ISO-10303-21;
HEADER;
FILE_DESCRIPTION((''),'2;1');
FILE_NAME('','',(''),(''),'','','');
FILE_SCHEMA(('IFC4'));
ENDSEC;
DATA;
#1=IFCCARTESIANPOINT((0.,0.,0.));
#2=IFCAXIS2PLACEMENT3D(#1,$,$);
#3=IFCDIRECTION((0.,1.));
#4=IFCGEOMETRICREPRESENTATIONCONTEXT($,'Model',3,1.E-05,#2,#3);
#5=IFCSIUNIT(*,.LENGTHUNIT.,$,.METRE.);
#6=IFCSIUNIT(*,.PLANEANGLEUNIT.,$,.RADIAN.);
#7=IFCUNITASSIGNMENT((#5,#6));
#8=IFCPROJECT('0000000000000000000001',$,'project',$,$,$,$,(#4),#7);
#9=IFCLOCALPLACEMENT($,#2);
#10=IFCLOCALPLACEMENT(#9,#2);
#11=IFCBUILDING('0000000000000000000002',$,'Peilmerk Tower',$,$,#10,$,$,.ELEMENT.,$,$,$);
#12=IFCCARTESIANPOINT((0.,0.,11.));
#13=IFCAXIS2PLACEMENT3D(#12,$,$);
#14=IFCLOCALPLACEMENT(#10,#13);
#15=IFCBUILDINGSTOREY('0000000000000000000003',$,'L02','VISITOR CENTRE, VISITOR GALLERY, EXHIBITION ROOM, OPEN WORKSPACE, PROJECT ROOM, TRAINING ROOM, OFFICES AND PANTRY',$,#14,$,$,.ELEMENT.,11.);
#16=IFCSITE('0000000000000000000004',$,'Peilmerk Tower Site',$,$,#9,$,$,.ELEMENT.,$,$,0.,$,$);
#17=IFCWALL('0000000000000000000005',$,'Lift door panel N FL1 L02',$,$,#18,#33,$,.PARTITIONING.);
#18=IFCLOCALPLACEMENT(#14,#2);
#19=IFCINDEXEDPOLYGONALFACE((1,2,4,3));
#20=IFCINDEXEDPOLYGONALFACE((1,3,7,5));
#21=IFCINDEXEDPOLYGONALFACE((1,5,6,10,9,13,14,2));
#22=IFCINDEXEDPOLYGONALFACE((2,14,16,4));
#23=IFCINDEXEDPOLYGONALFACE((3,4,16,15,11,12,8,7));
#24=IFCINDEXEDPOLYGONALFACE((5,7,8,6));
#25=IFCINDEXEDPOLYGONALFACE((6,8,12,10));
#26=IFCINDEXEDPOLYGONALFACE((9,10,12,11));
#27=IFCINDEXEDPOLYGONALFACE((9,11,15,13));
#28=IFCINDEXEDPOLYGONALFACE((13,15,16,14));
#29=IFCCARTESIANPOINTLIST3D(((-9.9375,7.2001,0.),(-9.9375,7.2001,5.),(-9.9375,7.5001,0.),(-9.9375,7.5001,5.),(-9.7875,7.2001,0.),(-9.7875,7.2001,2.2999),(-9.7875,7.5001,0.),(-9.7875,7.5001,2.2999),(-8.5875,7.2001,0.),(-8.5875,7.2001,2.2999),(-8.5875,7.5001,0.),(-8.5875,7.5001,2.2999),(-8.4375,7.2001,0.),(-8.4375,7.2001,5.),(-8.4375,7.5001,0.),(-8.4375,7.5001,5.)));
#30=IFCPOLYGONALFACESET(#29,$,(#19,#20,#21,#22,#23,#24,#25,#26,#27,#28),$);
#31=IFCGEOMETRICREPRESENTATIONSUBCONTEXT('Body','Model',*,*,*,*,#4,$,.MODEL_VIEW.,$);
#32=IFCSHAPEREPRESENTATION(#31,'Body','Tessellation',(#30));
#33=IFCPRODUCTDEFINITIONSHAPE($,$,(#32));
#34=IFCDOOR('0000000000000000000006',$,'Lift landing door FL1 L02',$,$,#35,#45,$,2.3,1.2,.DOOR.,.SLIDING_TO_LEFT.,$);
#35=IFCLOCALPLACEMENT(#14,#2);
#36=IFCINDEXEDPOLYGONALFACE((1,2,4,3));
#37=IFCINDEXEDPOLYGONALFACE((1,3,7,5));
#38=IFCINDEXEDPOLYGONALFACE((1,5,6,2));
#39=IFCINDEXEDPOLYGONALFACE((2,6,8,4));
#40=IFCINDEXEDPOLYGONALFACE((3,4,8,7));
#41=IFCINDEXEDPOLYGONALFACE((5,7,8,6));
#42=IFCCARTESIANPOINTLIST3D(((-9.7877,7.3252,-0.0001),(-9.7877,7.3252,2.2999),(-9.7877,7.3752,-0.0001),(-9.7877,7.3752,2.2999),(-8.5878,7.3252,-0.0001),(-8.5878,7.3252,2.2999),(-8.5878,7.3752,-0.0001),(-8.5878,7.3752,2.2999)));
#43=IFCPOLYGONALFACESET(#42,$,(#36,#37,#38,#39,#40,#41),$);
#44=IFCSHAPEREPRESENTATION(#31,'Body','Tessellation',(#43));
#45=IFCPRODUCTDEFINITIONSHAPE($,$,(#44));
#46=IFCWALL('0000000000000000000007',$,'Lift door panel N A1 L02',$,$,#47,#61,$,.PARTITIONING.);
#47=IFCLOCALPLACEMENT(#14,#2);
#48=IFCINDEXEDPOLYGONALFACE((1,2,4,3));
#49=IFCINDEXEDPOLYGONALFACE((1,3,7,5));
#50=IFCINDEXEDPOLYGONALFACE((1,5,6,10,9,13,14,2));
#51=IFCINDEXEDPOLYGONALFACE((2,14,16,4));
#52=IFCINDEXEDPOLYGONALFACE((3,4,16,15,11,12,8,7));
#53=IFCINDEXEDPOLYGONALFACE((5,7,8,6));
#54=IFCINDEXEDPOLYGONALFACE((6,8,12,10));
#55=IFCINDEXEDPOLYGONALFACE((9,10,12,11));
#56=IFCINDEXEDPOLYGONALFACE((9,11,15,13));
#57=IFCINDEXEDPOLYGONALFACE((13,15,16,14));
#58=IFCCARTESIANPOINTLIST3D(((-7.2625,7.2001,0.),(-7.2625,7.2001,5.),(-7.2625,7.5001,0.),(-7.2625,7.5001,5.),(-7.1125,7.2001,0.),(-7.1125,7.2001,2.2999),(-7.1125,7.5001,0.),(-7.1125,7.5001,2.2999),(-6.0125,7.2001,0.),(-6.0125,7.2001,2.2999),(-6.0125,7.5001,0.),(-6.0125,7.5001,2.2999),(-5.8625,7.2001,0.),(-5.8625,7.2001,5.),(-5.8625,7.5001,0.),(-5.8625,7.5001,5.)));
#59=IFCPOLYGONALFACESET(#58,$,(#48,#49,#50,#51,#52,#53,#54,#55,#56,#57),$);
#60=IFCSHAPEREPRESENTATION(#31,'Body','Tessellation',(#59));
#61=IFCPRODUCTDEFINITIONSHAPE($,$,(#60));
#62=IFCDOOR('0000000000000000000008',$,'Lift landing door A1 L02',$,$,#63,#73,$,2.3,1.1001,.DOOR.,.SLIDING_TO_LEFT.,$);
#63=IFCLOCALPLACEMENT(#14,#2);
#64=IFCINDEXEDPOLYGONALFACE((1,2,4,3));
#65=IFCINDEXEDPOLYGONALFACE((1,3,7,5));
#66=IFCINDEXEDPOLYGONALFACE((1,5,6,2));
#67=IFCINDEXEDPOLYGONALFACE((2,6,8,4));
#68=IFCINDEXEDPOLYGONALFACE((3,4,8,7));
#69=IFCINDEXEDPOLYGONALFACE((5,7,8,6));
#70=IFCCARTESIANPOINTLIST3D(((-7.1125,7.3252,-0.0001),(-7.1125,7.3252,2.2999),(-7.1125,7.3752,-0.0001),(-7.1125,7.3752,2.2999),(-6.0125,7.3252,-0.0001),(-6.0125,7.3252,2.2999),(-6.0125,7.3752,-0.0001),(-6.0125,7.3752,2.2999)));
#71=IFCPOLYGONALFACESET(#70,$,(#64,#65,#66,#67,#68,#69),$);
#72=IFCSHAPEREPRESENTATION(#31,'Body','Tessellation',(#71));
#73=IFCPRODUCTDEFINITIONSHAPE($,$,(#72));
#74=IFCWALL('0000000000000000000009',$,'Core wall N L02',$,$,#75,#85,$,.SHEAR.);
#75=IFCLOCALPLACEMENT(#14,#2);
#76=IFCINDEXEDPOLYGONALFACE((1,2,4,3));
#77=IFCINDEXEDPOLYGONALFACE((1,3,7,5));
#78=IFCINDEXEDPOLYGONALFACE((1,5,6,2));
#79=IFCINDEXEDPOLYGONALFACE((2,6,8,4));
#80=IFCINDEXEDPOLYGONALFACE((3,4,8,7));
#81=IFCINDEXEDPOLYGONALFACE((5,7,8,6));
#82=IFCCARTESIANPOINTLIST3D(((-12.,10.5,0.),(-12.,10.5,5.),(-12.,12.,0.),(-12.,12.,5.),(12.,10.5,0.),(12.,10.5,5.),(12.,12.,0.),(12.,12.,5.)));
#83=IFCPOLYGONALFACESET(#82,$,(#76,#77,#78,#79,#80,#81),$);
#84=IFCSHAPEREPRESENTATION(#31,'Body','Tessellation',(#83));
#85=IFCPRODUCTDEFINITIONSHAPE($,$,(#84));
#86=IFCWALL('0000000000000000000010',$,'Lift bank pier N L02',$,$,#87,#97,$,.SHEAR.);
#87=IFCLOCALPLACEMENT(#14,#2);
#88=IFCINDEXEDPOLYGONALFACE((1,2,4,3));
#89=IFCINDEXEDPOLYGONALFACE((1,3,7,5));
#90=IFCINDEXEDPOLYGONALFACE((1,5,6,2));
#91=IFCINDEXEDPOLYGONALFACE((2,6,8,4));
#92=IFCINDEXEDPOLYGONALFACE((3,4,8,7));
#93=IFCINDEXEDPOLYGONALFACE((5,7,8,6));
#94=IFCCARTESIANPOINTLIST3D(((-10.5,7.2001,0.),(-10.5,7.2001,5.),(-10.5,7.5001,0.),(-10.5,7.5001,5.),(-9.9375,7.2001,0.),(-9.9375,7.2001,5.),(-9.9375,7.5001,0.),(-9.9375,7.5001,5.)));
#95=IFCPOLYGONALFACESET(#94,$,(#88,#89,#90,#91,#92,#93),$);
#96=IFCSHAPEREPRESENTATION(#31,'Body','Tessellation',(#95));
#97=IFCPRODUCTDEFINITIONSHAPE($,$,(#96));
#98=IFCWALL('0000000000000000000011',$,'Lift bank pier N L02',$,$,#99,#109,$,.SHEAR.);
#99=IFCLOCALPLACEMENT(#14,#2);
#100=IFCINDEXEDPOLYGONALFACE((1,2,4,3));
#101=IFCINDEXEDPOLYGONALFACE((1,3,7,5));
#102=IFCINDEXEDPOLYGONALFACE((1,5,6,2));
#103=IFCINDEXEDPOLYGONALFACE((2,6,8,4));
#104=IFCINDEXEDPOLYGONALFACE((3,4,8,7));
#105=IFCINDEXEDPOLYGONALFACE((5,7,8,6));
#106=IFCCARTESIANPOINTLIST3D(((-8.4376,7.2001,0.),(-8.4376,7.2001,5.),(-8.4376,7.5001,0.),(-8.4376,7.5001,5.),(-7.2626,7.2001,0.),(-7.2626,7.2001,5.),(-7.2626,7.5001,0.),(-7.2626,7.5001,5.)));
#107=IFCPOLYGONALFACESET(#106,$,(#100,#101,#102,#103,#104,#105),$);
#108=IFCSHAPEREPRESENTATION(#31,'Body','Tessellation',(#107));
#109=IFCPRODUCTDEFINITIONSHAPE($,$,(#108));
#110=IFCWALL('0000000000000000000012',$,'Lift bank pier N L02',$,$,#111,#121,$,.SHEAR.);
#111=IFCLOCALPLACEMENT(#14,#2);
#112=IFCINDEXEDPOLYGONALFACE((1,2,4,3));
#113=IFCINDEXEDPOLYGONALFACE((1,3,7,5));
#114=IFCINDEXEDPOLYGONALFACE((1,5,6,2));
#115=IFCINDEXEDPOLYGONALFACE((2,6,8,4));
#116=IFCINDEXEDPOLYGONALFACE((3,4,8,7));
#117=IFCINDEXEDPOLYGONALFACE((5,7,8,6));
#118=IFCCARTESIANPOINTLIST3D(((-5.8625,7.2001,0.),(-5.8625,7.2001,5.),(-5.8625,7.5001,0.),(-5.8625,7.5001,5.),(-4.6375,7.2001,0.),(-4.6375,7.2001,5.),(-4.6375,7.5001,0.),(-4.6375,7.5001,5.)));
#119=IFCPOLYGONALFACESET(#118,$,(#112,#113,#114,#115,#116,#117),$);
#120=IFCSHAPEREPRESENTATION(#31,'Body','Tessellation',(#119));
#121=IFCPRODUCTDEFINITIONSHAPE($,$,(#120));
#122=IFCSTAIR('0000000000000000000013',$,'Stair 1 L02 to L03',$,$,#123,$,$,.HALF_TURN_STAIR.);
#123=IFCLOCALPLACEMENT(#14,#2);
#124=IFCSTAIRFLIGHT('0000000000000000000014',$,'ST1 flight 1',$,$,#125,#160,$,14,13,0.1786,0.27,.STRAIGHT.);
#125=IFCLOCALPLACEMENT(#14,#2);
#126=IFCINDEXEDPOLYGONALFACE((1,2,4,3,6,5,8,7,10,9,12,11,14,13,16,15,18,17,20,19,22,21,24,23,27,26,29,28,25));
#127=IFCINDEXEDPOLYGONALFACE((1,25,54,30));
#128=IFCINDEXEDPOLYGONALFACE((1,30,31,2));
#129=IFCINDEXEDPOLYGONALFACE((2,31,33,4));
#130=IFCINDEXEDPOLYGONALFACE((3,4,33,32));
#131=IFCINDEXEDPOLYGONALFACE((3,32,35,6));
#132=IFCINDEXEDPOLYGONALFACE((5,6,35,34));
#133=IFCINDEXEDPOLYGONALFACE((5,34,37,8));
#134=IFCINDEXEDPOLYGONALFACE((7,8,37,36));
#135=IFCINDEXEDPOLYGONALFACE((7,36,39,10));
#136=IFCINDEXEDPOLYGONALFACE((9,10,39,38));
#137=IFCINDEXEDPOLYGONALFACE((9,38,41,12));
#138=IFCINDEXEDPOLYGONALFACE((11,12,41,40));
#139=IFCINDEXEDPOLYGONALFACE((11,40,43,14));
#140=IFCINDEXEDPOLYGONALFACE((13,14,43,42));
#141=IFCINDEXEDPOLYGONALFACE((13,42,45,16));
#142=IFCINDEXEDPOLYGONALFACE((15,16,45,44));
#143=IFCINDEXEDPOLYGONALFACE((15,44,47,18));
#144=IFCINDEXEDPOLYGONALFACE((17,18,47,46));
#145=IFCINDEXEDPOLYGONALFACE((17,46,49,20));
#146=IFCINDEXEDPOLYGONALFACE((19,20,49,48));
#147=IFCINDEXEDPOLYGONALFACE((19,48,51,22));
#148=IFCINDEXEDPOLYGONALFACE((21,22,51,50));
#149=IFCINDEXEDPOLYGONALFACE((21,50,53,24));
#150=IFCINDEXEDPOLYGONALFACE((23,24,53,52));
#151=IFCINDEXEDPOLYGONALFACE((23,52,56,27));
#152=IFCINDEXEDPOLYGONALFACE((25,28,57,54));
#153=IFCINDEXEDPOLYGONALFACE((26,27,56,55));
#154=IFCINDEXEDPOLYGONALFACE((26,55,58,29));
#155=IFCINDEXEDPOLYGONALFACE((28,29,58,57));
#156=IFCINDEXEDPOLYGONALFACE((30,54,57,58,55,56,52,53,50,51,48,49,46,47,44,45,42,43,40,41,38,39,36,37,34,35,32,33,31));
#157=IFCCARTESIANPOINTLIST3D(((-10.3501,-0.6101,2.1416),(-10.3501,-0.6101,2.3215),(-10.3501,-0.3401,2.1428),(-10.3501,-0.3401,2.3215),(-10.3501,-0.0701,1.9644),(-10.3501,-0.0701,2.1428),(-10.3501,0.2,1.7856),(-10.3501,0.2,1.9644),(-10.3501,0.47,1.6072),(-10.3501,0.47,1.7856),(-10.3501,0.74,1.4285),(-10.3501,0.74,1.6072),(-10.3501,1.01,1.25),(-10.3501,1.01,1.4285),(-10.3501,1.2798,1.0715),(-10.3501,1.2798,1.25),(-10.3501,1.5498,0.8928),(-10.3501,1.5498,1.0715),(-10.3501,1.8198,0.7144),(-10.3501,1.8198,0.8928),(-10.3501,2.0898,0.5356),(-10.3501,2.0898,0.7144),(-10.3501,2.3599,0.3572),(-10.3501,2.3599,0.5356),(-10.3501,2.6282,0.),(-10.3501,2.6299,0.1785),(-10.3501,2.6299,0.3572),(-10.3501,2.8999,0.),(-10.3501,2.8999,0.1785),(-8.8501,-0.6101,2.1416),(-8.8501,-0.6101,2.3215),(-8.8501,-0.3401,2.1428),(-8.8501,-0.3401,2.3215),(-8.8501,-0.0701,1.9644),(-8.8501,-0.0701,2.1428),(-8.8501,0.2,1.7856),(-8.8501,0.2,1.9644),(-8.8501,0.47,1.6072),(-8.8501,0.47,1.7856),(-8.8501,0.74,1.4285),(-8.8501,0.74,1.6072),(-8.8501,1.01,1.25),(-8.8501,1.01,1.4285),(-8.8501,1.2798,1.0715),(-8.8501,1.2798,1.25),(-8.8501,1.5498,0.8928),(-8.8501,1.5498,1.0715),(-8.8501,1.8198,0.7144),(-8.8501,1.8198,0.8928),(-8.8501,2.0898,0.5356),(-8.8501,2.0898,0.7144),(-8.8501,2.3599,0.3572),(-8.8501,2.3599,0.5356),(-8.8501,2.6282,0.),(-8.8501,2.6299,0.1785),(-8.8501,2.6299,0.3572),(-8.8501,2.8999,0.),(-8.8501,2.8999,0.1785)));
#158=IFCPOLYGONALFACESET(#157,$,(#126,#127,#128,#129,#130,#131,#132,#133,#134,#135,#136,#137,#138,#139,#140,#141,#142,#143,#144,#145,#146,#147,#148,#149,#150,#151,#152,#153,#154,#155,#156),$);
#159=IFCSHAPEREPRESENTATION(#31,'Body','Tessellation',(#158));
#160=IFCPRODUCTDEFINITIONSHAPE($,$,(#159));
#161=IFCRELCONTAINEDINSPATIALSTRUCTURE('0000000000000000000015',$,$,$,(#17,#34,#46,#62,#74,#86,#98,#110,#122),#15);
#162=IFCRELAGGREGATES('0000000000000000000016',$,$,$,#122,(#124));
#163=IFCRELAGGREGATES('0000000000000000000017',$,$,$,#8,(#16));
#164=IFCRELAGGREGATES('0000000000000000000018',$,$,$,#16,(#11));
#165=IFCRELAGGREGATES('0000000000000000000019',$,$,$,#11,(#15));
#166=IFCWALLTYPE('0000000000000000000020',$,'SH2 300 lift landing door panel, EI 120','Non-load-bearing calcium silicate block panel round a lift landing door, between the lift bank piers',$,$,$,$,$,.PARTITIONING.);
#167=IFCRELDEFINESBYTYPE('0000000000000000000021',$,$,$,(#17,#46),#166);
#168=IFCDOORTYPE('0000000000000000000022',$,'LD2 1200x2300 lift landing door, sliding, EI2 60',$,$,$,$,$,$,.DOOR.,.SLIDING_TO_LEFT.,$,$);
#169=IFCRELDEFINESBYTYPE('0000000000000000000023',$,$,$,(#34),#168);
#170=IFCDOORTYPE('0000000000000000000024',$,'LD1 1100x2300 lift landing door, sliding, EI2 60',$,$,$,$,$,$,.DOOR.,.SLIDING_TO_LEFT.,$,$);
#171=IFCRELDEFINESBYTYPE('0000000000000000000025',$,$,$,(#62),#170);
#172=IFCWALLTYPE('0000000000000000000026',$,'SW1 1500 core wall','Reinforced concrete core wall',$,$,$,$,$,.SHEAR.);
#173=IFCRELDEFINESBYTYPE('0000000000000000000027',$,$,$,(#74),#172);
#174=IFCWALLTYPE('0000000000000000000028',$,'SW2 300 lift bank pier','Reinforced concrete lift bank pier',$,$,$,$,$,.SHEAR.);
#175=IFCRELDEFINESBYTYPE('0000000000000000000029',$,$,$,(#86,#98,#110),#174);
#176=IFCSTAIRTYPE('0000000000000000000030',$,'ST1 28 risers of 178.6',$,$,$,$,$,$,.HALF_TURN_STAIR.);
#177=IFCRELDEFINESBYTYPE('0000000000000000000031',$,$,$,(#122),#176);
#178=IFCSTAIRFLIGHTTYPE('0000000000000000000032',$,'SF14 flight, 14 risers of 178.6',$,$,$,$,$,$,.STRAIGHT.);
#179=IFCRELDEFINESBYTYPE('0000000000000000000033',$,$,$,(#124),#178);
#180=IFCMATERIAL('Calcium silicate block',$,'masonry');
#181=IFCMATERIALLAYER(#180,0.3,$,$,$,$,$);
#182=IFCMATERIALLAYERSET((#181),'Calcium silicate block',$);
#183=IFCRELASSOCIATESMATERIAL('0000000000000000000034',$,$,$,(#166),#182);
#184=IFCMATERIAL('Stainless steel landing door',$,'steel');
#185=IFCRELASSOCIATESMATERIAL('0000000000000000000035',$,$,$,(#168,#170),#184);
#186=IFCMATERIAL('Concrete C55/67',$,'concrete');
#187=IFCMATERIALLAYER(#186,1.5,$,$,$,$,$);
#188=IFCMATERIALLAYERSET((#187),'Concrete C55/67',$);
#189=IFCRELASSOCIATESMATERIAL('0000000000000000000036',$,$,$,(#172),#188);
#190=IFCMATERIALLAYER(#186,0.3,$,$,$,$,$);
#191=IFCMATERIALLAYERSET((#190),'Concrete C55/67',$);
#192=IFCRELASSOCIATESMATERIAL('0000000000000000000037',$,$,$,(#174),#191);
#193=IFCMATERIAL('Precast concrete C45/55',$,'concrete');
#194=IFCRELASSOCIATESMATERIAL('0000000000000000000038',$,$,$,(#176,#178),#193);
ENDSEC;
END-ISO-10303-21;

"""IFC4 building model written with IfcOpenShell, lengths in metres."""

from ifc_helpers import new_model, si_unit, direction, frame, frame_2d, origin, place, context, subcontext, project, spatial, polyline, rectangle, outline, extrude, material, layer, layer_set, type_object, element, fill, aggregate, save


model = new_model("IFC4")

# Units and contexts
model_context = context("Model", 3, precision=1e-05, world=origin(), true_north=direction((0.0, 1.0)))
body_context = subcontext(model_context, "Body", "Model", "MODEL_VIEW")
ifc_project = project(units=[si_unit("LENGTHUNIT", "METRE"), si_unit("PLANEANGLEUNIT", "RADIAN")], contexts=[model_context])

# Site, building, storey
site_placement = place(None, origin())
site = spatial("IfcSite", under=ifc_project, at=site_placement, Name="Peilmerk Tower Site", CompositionType="ELEMENT", RefElevation=0.0)
building_placement = place(site_placement, origin())
building = spatial("IfcBuilding", under=site, at=building_placement, Name="Peilmerk Tower", CompositionType="ELEMENT")
storey_placement = place(building_placement, frame((0.0, 0.0, 11.0)))
storey = spatial("IfcBuildingStorey", under=building, at=storey_placement, Name="L02", Description="VISITOR CENTRE, VISITOR GALLERY, EXHIBITION ROOM, OPEN WORKSPACE, PROJECT ROOM, TRAINING ROOM, OFFICES AND PANTRY", CompositionType="ELEMENT", Elevation=11.0)

# Shared definitions
ifc_material_1 = material(Name="Calcium silicate block", Category="masonry")

# Walls, openings, doors
ifc_layer_1 = layer(ifc_material_1, 0.3)
ifc_layer_set_1 = layer_set([ifc_layer_1], Name="Calcium silicate block")
wall_type_1 = type_object("IfcWallType", Name="SH2 300 lift landing door panel, EI 120", Description="Non-load-bearing calcium silicate block panel round a lift landing door, between the lift bank piers", PredefinedType="PARTITIONING", material=ifc_layer_set_1)
wall_1_placement = place(storey_placement, frame((-9.9375, 7.3501, 0.0), z_axis=(0.0, 0.0, 1.0), x_axis=(1.0, 0.0, 0.0)))
wall_1 = element("IfcWall", 1, at=wall_1_placement, inside=storey, type_object=wall_type_1, Name="Lift door panel N FL1 L02", PredefinedType="PARTITIONING", context=body_context, shape_type="SweptSolid", body=[
    extrude(rectangle(XDim=1.5, YDim=0.3, at=frame_2d((0.75, 0.0))), origin(), (0.0, 0.0, 1.0), 5.0),
])
opening_1_placement = place(wall_1_placement, frame((0.1499, 0.0, 0.0)))
opening_1 = element("IfcOpeningElement", 2, at=opening_1_placement, cuts=wall_1, PredefinedType="OPENING", context=body_context, shape_type="SweptSolid", body=[
    extrude(rectangle(XDim=1.2, YDim=2.3, at=frame_2d((0.6001, 1.1499))), frame((0.0, 0.1599, 0.0), z_axis=(0.0, -1.0, 0.0), x_axis=(1.0, 0.0, 0.0)), (0.0, 0.0, 1.0), 0.3201),
])
ifc_material_2 = material(Name="Stainless steel landing door", Category="steel")
door_type_1 = type_object("IfcDoorType", Name="LD2 1200x2300 lift landing door, sliding, EI2 60", OperationType="SLIDING_TO_LEFT", PredefinedType="DOOR", material=ifc_material_2)
door_1_placement = place(opening_1_placement, frame((1.2, 0.0, 0.0), z_axis=(0.0, 0.0, 1.0), x_axis=(-1.0, 0.0, 0.0)))
door_1 = element("IfcDoor", 3, at=door_1_placement, inside=storey, type_object=door_type_1, Name="Lift landing door FL1 L02", OperationType="SLIDING_TO_LEFT", OverallHeight=2.3, OverallWidth=1.2, PredefinedType="DOOR", context=body_context, shape_type="SweptSolid", body=[
    extrude(rectangle(XDim=1.2, YDim=2.3, at=frame_2d((0.6001, 1.1499))), frame((0.0, 0.0249, 0.0), z_axis=(0.0, -1.0, 0.0), x_axis=(1.0, 0.0, 0.0)), (0.0, 0.0, 1.0), 0.05),
])
fill(opening_1, door_1)
wall_2_placement = place(storey_placement, frame((-7.2625, 7.3501, 0.0), z_axis=(0.0, 0.0, 1.0), x_axis=(1.0, 0.0, 0.0)))
wall_2 = element("IfcWall", 4, at=wall_2_placement, inside=storey, type_object=wall_type_1, Name="Lift door panel N A1 L02", PredefinedType="PARTITIONING", context=body_context, shape_type="SweptSolid", body=[
    extrude(rectangle(XDim=1.3999, YDim=0.3, at=frame_2d((0.7, 0.0))), origin(), (0.0, 0.0, 1.0), 5.0),
])
opening_2_placement = place(wall_2_placement, frame((0.1499, 0.0, 0.0)))
opening_2 = element("IfcOpeningElement", 5, at=opening_2_placement, cuts=wall_2, PredefinedType="OPENING", context=body_context, shape_type="SweptSolid", body=[
    extrude(rectangle(XDim=1.1001, YDim=2.3, at=frame_2d((0.55, 1.1499))), frame((0.0, 0.1599, 0.0), z_axis=(0.0, -1.0, 0.0), x_axis=(1.0, 0.0, 0.0)), (0.0, 0.0, 1.0), 0.3201),
])
door_type_2 = type_object("IfcDoorType", Name="LD1 1100x2300 lift landing door, sliding, EI2 60", OperationType="SLIDING_TO_LEFT", PredefinedType="DOOR", material=ifc_material_2)
door_2_placement = place(opening_2_placement, frame((1.1001, 0.0, 0.0), z_axis=(0.0, 0.0, 1.0), x_axis=(-1.0, 0.0, 0.0)))
door_2 = element("IfcDoor", 6, at=door_2_placement, inside=storey, type_object=door_type_2, Name="Lift landing door A1 L02", OperationType="SLIDING_TO_LEFT", OverallHeight=2.3, OverallWidth=1.1001, PredefinedType="DOOR", context=body_context, shape_type="SweptSolid", body=[
    extrude(rectangle(XDim=1.1001, YDim=2.3, at=frame_2d((0.55, 1.1499))), frame((0.0, 0.0249, 0.0), z_axis=(0.0, -1.0, 0.0), x_axis=(1.0, 0.0, 0.0)), (0.0, 0.0, 1.0), 0.05),
])
fill(opening_2, door_2)

# Walls
ifc_material_3 = material(Name="Concrete C55/67", Category="concrete")
ifc_layer_2 = layer(ifc_material_3, 1.5)
ifc_layer_set_2 = layer_set([ifc_layer_2], Name="Concrete C55/67")
wall_type_2 = type_object("IfcWallType", Name="SW1 1500 core wall", Description="Reinforced concrete core wall", PredefinedType="SHEAR", material=ifc_layer_set_2)
wall_3_placement = place(storey_placement, frame((-12.0, 11.25, 0.0), z_axis=(0.0, 0.0, 1.0), x_axis=(1.0, 0.0, 0.0)))
element("IfcWall", 7, at=wall_3_placement, inside=storey, type_object=wall_type_2, Name="Core wall N L02", PredefinedType="SHEAR", context=body_context, shape_type="SweptSolid", body=[
    extrude(rectangle(XDim=24.0, YDim=1.5, at=frame_2d((12.0, 0.0))), origin(), (0.0, 0.0, 1.0), 5.0),
])
ifc_layer_3 = layer(ifc_material_3, 0.3)
ifc_layer_set_3 = layer_set([ifc_layer_3], Name="Concrete C55/67")
wall_type_3 = type_object("IfcWallType", Name="SW2 300 lift bank pier", Description="Reinforced concrete lift bank pier", PredefinedType="SHEAR", material=ifc_layer_set_3)
wall_4_placement = place(storey_placement, frame((-10.5, 7.3501, 0.0), z_axis=(0.0, 0.0, 1.0), x_axis=(1.0, 0.0, 0.0)))
element("IfcWall", 8, at=wall_4_placement, inside=storey, type_object=wall_type_3, Name="Lift bank pier N L02", PredefinedType="SHEAR", context=body_context, shape_type="SweptSolid", body=[
    extrude(rectangle(XDim=0.5625, YDim=0.3, at=frame_2d((0.2812, 0.0))), origin(), (0.0, 0.0, 1.0), 5.0),
])
wall_5_placement = place(storey_placement, frame((-8.4375, 7.3501, 0.0), z_axis=(0.0, 0.0, 1.0), x_axis=(1.0, 0.0, 0.0)))
element("IfcWall", 9, at=wall_5_placement, inside=storey, type_object=wall_type_3, Name="Lift bank pier N L02", PredefinedType="SHEAR", context=body_context, shape_type="SweptSolid", body=[
    extrude(rectangle(XDim=1.175, YDim=0.3, at=frame_2d((0.5874, 0.0))), origin(), (0.0, 0.0, 1.0), 5.0),
])
wall_6_placement = place(storey_placement, frame((-5.8625, 7.3501, 0.0), z_axis=(0.0, 0.0, 1.0), x_axis=(1.0, 0.0, 0.0)))
element("IfcWall", 10, at=wall_6_placement, inside=storey, type_object=wall_type_3, Name="Lift bank pier N L02", PredefinedType="SHEAR", context=body_context, shape_type="SweptSolid", body=[
    extrude(rectangle(XDim=1.2251, YDim=0.3, at=frame_2d((0.6125, 0.0))), origin(), (0.0, 0.0, 1.0), 5.0),
])

# Stair, stair flight
ifc_material_4 = material(Name="Precast concrete C45/55", Category="concrete")
stair_type = type_object("IfcStairType", Name="ST1 28 risers of 178.6", PredefinedType="HALF_TURN_STAIR", material=ifc_material_4)
stair_placement = place(storey_placement, origin())
stair = element("IfcStair", 11, at=stair_placement, inside=storey, type_object=stair_type, Name="Stair 1 L02 to L03", PredefinedType="HALF_TURN_STAIR")
stair_flight_type = type_object("IfcStairFlightType", Name="SF14 flight, 14 risers of 178.6", PredefinedType="STRAIGHT", material=ifc_material_4)
stair_flight_placement = place(storey_placement, frame((-9.6001, 2.8999, 0.0), z_axis=(0.0, 0.0, 1.0), x_axis=(0.0, -1.0, 0.0)))
stair_flight = element("IfcStairFlight", 12, at=stair_flight_placement, type_object=stair_flight_type, Name="ST1 flight 1", NumberOfRisers=14, NumberOfTreads=13, PredefinedType="STRAIGHT", RiserHeight=0.1786, TreadLength=0.27, context=body_context, shape_type="SweptSolid", body=[
    extrude(outline(polyline([(0.0, 0.0), (0.0, 0.1785), (0.27, 0.1785), (0.27, 0.3572), (0.54, 0.3572), (0.54, 0.5356), (0.8101, 0.5356), (0.8101, 0.7144), (1.0801, 0.7144), (1.0801, 0.8928), (1.3501, 0.8928), (1.3501, 1.0715), (1.6201, 1.0715), (1.6201, 1.25), (1.8899, 1.25), (1.8899, 1.4285), (2.1599, 1.4285), (2.1599, 1.6072), (2.4299, 1.6072), (2.4299, 1.7856), (2.7, 1.7856), (2.7, 1.9644), (2.97, 1.9644), (2.97, 2.1428), (3.24, 2.1428), (3.24, 2.3215), (3.51, 2.3215), (3.51, 2.5), (3.51, 2.1416), (0.2717, 0.0), (0.0, 0.0)])), frame((0.0, 0.75, 0.0), z_axis=(0.0, -1.0, 0.0), x_axis=(1.0, 0.0, 0.0)), (0.0, 0.0, 1.0), 1.5),
])
aggregate(stair, [stair_flight])

save(model, "model.ifc")
